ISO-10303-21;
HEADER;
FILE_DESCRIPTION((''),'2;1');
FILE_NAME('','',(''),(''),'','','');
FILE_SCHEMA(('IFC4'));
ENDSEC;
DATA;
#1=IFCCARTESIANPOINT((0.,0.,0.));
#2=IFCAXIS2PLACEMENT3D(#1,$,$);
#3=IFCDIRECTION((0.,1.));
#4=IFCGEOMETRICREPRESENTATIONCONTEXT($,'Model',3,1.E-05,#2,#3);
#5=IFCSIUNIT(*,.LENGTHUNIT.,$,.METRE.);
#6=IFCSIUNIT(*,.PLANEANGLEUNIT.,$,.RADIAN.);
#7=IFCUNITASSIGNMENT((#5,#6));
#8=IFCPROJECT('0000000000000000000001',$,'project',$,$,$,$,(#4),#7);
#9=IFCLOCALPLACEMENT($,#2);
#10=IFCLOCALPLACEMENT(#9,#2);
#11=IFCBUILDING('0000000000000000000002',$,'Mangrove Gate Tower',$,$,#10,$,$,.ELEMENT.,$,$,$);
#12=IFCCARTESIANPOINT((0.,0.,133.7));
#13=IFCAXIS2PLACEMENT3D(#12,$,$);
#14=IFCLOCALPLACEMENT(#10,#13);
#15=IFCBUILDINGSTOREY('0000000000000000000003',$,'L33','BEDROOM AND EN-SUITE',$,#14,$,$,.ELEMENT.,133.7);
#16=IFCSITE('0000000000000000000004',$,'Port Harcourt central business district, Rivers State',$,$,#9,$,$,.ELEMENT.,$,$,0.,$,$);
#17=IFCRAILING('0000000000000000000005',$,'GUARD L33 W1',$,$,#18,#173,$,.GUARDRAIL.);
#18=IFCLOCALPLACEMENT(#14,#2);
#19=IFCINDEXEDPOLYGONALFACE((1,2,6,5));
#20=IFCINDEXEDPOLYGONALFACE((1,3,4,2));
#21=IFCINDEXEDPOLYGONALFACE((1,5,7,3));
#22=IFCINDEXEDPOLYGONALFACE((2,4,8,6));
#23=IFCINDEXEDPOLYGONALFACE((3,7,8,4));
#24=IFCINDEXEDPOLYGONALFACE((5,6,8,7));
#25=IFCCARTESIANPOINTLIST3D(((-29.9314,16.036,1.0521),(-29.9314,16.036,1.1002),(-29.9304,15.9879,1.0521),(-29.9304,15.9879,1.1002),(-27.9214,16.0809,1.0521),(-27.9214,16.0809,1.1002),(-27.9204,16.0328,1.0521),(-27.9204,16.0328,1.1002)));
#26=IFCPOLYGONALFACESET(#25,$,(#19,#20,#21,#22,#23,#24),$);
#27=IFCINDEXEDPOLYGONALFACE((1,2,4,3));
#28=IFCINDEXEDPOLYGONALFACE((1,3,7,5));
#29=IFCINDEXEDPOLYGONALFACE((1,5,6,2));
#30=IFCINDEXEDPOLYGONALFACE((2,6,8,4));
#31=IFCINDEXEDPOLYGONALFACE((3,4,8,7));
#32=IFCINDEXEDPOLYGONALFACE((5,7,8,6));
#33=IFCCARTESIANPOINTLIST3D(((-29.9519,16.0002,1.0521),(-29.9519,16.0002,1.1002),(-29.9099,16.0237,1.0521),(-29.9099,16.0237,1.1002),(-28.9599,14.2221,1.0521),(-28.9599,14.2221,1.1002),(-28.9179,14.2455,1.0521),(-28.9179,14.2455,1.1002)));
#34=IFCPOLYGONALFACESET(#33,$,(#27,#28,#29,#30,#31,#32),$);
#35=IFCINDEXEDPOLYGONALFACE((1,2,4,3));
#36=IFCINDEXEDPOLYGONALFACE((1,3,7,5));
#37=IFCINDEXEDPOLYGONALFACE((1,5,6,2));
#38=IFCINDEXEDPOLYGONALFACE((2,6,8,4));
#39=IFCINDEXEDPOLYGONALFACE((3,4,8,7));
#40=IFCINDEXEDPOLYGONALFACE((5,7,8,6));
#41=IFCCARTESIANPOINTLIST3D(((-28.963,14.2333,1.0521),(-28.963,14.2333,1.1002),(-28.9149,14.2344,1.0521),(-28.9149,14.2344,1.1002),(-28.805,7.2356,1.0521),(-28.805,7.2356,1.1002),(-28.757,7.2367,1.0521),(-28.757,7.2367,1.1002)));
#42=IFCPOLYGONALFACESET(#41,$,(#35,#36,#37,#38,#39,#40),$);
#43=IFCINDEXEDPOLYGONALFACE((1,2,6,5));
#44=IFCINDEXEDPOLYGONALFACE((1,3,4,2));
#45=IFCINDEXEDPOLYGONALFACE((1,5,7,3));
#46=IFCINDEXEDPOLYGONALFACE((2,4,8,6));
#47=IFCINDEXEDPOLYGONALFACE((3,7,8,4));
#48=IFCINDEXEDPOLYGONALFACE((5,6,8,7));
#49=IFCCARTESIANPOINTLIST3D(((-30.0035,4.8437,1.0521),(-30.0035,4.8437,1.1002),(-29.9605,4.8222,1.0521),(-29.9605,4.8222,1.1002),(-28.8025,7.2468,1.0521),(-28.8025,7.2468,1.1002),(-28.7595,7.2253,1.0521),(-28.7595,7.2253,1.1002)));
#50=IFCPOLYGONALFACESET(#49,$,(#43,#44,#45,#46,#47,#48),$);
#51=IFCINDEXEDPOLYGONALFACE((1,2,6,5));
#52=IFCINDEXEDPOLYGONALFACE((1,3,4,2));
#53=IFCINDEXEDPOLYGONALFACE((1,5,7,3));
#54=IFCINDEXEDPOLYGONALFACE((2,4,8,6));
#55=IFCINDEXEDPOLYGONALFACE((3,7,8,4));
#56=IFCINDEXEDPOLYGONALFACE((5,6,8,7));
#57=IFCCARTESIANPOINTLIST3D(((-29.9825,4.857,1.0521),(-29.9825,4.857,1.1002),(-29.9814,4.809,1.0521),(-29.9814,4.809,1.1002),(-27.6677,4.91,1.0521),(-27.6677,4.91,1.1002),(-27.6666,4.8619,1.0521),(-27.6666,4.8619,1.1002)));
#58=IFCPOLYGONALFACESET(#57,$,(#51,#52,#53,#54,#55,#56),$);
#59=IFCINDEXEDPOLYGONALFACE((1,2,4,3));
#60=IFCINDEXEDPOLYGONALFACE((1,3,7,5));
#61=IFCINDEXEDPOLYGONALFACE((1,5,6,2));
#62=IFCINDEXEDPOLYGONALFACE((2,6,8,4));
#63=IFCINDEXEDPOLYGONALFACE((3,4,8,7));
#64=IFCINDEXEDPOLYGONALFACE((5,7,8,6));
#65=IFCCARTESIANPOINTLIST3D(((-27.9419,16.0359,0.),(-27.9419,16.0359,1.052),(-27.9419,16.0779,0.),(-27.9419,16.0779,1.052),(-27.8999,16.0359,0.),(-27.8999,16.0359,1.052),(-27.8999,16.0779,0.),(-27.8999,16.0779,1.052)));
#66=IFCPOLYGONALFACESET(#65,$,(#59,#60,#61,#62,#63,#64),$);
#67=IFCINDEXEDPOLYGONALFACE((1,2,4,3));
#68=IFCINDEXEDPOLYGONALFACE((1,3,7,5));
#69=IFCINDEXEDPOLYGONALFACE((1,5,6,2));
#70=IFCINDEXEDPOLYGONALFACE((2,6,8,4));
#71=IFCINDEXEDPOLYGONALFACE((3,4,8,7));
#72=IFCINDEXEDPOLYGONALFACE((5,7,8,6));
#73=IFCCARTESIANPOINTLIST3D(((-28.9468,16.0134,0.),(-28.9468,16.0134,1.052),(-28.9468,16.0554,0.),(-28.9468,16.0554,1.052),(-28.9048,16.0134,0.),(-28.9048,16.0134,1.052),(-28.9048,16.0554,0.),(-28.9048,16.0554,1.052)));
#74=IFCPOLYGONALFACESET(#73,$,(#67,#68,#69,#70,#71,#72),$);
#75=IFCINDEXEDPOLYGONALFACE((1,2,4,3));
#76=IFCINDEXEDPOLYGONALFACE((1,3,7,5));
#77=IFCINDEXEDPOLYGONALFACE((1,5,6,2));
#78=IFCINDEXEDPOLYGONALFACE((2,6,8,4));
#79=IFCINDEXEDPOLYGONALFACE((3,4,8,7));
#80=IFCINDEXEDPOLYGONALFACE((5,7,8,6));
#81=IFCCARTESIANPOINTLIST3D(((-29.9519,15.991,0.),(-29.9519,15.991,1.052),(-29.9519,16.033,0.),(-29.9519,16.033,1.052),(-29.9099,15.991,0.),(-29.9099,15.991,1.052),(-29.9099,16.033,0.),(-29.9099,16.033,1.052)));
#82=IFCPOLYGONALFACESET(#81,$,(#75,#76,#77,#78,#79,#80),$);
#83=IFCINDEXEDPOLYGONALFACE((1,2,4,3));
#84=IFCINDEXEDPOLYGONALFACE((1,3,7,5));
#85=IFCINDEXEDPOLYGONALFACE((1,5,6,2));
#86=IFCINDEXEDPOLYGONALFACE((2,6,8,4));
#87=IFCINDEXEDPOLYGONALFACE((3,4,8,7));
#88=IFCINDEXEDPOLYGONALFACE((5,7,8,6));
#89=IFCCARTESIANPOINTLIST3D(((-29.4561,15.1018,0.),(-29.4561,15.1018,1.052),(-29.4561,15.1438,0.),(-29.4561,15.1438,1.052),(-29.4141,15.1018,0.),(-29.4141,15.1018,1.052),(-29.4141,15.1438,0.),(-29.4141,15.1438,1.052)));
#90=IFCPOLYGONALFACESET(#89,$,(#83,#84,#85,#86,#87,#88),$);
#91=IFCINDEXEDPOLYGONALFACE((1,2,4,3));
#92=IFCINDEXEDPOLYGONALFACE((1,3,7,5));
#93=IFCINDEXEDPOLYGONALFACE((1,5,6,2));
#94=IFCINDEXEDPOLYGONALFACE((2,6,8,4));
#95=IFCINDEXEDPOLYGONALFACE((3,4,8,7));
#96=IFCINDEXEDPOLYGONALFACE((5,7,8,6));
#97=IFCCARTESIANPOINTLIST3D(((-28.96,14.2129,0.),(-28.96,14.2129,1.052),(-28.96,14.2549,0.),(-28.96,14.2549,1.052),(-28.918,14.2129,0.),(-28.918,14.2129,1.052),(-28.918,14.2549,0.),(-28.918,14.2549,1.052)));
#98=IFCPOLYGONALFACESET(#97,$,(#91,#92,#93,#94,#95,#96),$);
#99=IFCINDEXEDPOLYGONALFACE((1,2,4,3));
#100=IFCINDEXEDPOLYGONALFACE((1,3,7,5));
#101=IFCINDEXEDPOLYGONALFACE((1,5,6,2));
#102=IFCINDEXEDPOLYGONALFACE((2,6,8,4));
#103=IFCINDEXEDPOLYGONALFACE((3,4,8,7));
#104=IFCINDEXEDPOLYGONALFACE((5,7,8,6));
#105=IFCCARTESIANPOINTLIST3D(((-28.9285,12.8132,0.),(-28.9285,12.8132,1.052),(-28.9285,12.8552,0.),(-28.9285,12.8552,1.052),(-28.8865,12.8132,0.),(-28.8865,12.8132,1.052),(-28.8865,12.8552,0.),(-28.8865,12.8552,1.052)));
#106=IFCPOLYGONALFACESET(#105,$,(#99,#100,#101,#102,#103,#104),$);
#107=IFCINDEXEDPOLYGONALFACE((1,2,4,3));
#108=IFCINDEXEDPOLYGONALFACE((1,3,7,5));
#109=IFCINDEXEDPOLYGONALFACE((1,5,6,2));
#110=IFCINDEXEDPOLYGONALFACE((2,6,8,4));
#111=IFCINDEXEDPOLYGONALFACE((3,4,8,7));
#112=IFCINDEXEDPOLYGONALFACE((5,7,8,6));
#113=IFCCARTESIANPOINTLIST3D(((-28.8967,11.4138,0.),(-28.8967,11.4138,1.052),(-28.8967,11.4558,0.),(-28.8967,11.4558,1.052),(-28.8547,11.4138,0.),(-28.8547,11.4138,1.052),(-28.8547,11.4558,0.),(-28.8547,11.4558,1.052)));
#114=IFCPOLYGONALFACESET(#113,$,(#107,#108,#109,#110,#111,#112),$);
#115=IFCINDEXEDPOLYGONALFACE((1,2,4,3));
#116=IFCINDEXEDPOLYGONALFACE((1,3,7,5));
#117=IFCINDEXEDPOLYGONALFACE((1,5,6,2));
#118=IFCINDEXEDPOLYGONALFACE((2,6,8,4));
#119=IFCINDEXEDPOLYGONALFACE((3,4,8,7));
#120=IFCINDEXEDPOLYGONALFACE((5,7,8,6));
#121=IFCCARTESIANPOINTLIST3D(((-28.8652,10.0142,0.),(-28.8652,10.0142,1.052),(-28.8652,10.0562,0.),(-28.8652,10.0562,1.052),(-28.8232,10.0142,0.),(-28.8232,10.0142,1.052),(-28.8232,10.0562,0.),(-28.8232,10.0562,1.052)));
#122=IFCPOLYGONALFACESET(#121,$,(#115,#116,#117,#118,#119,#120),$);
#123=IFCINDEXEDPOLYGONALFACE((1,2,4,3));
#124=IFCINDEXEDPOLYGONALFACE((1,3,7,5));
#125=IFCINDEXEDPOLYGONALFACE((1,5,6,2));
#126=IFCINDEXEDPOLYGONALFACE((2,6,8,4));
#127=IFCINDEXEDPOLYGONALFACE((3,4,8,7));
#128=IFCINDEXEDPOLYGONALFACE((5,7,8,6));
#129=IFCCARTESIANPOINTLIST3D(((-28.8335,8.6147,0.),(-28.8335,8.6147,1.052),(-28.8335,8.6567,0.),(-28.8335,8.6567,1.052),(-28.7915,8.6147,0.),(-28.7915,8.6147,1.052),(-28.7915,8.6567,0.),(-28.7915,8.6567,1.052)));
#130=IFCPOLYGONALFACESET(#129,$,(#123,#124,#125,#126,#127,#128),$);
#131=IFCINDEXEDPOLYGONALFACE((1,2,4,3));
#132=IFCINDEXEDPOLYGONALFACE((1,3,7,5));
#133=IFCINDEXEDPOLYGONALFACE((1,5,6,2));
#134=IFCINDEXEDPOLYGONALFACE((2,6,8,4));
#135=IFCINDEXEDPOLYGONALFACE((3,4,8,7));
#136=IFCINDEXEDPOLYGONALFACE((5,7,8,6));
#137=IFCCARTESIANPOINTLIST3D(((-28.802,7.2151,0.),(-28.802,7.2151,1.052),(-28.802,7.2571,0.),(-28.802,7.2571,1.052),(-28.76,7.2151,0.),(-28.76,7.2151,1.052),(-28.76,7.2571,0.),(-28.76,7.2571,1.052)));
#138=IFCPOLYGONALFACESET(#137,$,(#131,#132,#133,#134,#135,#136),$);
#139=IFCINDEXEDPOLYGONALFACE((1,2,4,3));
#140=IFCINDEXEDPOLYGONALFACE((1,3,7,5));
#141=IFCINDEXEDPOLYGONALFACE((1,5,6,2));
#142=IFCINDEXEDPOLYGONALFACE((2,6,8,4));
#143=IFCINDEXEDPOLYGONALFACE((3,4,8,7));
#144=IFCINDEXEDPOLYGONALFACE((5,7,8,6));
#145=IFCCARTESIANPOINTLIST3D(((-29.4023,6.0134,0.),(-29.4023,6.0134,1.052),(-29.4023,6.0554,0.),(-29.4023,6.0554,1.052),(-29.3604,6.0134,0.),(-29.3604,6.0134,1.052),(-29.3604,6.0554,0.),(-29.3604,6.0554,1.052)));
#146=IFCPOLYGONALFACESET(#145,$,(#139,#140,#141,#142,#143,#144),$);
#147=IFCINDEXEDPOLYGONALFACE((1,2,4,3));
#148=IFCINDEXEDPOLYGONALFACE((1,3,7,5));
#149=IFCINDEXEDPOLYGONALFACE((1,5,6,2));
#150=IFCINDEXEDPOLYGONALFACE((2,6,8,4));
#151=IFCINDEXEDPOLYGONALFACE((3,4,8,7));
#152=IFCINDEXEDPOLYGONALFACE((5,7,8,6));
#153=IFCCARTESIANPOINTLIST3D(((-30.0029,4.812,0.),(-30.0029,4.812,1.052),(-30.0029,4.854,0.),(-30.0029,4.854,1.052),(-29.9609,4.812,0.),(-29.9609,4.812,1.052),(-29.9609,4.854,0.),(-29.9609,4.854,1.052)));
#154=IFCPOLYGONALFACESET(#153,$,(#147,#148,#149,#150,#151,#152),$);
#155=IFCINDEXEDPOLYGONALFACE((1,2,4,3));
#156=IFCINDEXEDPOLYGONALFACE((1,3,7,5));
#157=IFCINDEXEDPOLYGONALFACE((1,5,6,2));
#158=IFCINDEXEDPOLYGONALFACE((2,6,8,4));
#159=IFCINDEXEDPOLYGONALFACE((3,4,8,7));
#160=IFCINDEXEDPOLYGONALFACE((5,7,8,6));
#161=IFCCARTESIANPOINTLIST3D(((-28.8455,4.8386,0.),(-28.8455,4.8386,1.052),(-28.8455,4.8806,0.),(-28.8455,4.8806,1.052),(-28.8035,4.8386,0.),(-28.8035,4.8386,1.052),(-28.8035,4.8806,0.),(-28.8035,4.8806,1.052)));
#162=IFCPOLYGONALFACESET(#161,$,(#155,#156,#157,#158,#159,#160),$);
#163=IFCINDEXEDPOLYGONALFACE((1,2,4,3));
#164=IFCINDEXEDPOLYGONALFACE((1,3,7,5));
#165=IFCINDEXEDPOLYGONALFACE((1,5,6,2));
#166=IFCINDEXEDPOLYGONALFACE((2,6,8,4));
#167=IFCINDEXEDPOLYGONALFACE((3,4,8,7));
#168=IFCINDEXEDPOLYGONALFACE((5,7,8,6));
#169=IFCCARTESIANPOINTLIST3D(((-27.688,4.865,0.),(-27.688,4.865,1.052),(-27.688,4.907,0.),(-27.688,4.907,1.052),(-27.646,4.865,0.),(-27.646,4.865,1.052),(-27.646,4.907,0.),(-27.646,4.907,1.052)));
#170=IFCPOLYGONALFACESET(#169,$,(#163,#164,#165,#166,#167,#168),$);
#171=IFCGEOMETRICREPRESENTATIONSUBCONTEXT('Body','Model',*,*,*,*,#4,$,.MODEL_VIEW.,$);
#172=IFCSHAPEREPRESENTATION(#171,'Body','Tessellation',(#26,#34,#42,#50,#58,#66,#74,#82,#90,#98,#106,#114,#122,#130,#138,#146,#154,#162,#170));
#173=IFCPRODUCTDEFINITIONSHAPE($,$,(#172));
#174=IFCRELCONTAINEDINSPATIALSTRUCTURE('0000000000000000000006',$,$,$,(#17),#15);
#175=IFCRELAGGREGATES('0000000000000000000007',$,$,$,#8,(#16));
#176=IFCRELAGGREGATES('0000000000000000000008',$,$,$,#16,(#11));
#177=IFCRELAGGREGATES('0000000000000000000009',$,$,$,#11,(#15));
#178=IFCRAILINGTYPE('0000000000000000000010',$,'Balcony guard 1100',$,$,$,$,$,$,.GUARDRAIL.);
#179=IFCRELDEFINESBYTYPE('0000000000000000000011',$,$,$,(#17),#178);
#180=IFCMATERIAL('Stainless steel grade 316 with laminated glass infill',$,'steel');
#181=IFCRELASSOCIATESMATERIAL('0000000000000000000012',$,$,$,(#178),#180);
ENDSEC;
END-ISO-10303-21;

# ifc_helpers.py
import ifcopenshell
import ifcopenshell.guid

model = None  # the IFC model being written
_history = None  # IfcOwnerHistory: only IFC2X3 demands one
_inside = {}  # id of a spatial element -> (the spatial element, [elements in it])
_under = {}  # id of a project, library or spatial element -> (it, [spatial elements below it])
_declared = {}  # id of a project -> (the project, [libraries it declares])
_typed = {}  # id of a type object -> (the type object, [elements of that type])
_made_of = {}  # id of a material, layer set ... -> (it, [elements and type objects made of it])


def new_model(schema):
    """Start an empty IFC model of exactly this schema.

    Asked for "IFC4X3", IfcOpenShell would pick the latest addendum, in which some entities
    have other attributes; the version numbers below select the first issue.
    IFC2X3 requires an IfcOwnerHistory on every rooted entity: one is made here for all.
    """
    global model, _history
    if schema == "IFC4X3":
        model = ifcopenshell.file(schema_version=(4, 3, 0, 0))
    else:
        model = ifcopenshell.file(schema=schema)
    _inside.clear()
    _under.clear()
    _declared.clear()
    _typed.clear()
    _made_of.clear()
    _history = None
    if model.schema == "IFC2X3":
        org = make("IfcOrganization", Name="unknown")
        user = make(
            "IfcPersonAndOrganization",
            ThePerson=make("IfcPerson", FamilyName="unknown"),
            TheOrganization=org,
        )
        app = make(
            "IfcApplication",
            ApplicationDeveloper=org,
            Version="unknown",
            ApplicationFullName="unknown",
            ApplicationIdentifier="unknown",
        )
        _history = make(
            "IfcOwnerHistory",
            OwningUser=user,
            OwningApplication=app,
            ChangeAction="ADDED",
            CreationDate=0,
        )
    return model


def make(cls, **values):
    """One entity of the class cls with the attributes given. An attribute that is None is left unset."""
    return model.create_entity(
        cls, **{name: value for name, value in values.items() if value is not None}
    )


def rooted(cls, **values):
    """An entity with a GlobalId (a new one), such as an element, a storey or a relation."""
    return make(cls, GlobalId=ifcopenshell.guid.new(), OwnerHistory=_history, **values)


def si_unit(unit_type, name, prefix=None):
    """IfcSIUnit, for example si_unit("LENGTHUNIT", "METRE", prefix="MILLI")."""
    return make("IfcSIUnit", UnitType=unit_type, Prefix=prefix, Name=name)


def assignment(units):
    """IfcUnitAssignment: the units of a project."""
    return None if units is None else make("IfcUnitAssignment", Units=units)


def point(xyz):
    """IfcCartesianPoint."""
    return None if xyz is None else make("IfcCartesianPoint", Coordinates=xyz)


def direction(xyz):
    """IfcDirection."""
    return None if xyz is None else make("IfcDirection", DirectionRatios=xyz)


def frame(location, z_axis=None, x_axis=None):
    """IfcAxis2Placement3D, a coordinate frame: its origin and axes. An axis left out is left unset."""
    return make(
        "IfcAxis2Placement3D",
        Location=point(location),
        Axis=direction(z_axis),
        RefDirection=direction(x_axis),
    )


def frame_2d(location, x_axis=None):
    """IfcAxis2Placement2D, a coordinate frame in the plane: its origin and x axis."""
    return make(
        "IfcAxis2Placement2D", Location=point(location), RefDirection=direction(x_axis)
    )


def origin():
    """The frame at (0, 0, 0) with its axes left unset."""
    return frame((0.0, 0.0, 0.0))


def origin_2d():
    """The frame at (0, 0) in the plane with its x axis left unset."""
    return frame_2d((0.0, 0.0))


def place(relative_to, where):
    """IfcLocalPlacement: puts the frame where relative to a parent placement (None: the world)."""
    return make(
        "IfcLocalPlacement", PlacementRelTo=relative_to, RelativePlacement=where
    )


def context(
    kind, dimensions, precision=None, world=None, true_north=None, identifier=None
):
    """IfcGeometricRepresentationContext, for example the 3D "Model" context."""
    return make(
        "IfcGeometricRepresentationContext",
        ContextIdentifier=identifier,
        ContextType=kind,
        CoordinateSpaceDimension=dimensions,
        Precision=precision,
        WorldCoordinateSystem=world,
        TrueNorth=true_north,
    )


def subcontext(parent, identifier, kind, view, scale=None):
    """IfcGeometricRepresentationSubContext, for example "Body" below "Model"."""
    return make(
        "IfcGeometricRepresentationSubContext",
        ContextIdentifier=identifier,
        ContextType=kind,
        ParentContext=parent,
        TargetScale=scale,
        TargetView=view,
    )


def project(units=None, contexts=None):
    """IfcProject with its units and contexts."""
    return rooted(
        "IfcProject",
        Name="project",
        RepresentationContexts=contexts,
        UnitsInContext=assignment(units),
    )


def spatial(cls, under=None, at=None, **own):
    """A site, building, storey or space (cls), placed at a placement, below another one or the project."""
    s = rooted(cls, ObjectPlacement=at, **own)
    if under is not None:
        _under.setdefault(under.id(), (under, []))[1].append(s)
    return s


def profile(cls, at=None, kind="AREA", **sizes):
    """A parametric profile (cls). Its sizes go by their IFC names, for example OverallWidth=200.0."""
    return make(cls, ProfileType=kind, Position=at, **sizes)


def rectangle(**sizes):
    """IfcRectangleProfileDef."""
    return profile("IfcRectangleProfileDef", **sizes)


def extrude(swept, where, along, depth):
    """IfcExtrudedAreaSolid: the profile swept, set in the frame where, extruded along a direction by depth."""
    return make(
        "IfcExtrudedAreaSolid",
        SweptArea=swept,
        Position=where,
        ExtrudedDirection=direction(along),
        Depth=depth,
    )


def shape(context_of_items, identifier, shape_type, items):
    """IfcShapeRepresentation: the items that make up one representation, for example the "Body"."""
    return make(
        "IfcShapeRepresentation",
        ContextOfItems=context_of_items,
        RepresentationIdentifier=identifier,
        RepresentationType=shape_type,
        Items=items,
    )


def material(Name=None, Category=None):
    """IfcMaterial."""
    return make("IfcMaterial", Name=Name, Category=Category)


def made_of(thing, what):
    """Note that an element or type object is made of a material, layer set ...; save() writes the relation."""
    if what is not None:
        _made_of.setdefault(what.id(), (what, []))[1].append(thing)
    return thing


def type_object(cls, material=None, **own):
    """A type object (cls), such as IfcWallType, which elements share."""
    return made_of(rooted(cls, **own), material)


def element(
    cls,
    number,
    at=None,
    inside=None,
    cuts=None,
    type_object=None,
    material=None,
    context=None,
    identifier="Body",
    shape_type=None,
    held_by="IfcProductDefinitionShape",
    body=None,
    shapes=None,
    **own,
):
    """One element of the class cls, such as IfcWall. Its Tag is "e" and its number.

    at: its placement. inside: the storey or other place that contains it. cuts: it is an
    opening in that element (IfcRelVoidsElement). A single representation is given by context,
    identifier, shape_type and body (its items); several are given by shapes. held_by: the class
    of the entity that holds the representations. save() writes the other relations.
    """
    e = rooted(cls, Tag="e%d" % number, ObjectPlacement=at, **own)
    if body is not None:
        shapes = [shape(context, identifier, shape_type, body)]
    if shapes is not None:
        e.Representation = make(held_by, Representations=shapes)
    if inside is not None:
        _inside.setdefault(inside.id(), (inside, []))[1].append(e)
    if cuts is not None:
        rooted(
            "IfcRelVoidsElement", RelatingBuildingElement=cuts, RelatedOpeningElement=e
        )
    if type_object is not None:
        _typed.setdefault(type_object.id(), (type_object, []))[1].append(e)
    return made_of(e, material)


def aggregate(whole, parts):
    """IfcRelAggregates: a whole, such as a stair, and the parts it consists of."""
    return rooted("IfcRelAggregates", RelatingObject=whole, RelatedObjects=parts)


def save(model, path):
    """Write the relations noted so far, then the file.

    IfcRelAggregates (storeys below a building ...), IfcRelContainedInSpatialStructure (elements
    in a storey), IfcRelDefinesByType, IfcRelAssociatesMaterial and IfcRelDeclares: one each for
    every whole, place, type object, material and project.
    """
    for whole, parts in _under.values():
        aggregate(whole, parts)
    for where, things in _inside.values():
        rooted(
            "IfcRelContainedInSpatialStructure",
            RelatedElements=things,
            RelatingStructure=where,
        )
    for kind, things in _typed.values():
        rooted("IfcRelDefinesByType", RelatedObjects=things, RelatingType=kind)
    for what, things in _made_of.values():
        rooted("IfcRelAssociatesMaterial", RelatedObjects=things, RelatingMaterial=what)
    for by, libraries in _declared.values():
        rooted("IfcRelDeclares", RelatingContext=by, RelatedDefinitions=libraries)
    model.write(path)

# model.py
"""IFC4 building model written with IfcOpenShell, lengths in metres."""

from ifc_helpers import new_model, si_unit, direction, frame, origin, origin_2d, place, context, subcontext, project, spatial, rectangle, extrude, material, type_object, element, save


model = new_model("IFC4")

# Units and contexts
model_context = context("Model", 3, precision=1e-05, world=origin(), true_north=direction((0.0, 1.0)))
body_context = subcontext(model_context, "Body", "Model", "MODEL_VIEW")
ifc_project = project(units=[si_unit("LENGTHUNIT", "METRE"), si_unit("PLANEANGLEUNIT", "RADIAN")], contexts=[model_context])

# Site, building, storey
site_placement = place(None, origin())
site = spatial("IfcSite", under=ifc_project, at=site_placement, Name="Port Harcourt central business district, Rivers State", CompositionType="ELEMENT", RefElevation=0.0)
building_placement = place(site_placement, origin())
building = spatial("IfcBuilding", under=site, at=building_placement, Name="Mangrove Gate Tower", CompositionType="ELEMENT")
storey_placement = place(building_placement, frame((0.0, 0.0, 133.7)))
storey = spatial("IfcBuildingStorey", under=building, at=storey_placement, Name="L33", Description="BEDROOM AND EN-SUITE", CompositionType="ELEMENT", Elevation=133.7)

# Railing
ifc_material_1 = material(Name="Stainless steel grade 316 with laminated glass infill", Category="steel")
railing_type = type_object("IfcRailingType", Name="Balcony guard 1100", PredefinedType="GUARDRAIL", material=ifc_material_1)
railing_placement = place(storey_placement, frame((-27.9209, 16.0569, 0.0)))
element("IfcRailing", 1, at=railing_placement, inside=storey, type_object=railing_type, Name="GUARD L33 W1", PredefinedType="GUARDRAIL", context=body_context, shape_type="SweptSolid", body=[
    extrude(rectangle(XDim=0.0481, YDim=0.0481, at=origin_2d()), frame((0.0, 0.0, 1.0762), z_axis=(-0.99975, -0.022344, 0.0), x_axis=(0.022344, -0.99975, 0.0)), (0.0, 0.0, 1.0), 2.0105),
    extrude(rectangle(XDim=0.0481, YDim=0.0481, at=origin_2d()), frame((-2.01, -0.0449, 1.0762), z_axis=(0.48719, -0.873296, 0.0), x_axis=(0.873296, 0.48719, 0.0)), (0.0, 0.0, 1.0), 2.0361),
    extrude(rectangle(XDim=0.0481, YDim=0.0481, at=origin_2d()), frame((-1.0181, -1.823, 1.0762), z_axis=(0.022567, -0.999745, 0.0), x_axis=(0.999745, 0.022567, 0.0)), (0.0, 0.0, 1.0), 6.9995),
    extrude(rectangle(XDim=0.0481, YDim=0.0481, at=origin_2d()), frame((-0.8601, -8.8208, 1.0762), z_axis=(-0.447032, -0.894518, 0.0), x_axis=(0.894518, -0.447032, 0.0)), (0.0, 0.0, 1.0), 2.6865),
    extrude(rectangle(XDim=0.0481, YDim=0.0481, at=origin_2d()), frame((-2.061, -11.2239, 1.0762), z_axis=(0.999738, 0.022879, 0.0), x_axis=(-0.022879, 0.999738, 0.0)), (0.0, 0.0, 1.0), 2.3154),
    extrude(rectangle(XDim=0.042, YDim=0.042, at=origin_2d()), origin(), (0.0, 0.0, 1.0), 1.052),
    extrude(rectangle(XDim=0.042, YDim=0.042, at=origin_2d()), frame((-1.0049, -0.0225, 0.0)), (0.0, 0.0, 1.0), 1.052),
    extrude(rectangle(XDim=0.042, YDim=0.042, at=origin_2d()), frame((-2.01, -0.0449, 0.0)), (0.0, 0.0, 1.0), 1.052),
    extrude(rectangle(XDim=0.042, YDim=0.042, at=origin_2d()), frame((-1.5142, -0.9341, 0.0)), (0.0, 0.0, 1.0), 1.052),
    extrude(rectangle(XDim=0.042, YDim=0.042, at=origin_2d()), frame((-1.0181, -1.823, 0.0)), (0.0, 0.0, 1.0), 1.052),
    extrude(rectangle(XDim=0.042, YDim=0.042, at=origin_2d()), frame((-0.9866, -3.2227, 0.0)), (0.0, 0.0, 1.0), 1.052),
    extrude(rectangle(XDim=0.042, YDim=0.042, at=origin_2d()), frame((-0.9548, -4.6221, 0.0)), (0.0, 0.0, 1.0), 1.052),
    extrude(rectangle(XDim=0.042, YDim=0.042, at=origin_2d()), frame((-0.9233, -6.0217, 0.0)), (0.0, 0.0, 1.0), 1.052),
    extrude(rectangle(XDim=0.042, YDim=0.042, at=origin_2d()), frame((-0.8916, -7.4211, 0.0)), (0.0, 0.0, 1.0), 1.052),
    extrude(rectangle(XDim=0.042, YDim=0.042, at=origin_2d()), frame((-0.8601, -8.8208, 0.0)), (0.0, 0.0, 1.0), 1.052),
    extrude(rectangle(XDim=0.042, YDim=0.042, at=origin_2d()), frame((-1.4604, -10.0225, 0.0)), (0.0, 0.0, 1.0), 1.052),
    extrude(rectangle(XDim=0.042, YDim=0.042, at=origin_2d()), frame((-2.061, -11.2239, 0.0)), (0.0, 0.0, 1.0), 1.052),
    extrude(rectangle(XDim=0.042, YDim=0.042, at=origin_2d()), frame((-0.9036, -11.1973, 0.0)), (0.0, 0.0, 1.0), 1.052),
    extrude(rectangle(XDim=0.042, YDim=0.042, at=origin_2d()), frame((0.2539, -11.1709, 0.0)), (0.0, 0.0, 1.0), 1.052),
])

save(model, "model.ifc")
